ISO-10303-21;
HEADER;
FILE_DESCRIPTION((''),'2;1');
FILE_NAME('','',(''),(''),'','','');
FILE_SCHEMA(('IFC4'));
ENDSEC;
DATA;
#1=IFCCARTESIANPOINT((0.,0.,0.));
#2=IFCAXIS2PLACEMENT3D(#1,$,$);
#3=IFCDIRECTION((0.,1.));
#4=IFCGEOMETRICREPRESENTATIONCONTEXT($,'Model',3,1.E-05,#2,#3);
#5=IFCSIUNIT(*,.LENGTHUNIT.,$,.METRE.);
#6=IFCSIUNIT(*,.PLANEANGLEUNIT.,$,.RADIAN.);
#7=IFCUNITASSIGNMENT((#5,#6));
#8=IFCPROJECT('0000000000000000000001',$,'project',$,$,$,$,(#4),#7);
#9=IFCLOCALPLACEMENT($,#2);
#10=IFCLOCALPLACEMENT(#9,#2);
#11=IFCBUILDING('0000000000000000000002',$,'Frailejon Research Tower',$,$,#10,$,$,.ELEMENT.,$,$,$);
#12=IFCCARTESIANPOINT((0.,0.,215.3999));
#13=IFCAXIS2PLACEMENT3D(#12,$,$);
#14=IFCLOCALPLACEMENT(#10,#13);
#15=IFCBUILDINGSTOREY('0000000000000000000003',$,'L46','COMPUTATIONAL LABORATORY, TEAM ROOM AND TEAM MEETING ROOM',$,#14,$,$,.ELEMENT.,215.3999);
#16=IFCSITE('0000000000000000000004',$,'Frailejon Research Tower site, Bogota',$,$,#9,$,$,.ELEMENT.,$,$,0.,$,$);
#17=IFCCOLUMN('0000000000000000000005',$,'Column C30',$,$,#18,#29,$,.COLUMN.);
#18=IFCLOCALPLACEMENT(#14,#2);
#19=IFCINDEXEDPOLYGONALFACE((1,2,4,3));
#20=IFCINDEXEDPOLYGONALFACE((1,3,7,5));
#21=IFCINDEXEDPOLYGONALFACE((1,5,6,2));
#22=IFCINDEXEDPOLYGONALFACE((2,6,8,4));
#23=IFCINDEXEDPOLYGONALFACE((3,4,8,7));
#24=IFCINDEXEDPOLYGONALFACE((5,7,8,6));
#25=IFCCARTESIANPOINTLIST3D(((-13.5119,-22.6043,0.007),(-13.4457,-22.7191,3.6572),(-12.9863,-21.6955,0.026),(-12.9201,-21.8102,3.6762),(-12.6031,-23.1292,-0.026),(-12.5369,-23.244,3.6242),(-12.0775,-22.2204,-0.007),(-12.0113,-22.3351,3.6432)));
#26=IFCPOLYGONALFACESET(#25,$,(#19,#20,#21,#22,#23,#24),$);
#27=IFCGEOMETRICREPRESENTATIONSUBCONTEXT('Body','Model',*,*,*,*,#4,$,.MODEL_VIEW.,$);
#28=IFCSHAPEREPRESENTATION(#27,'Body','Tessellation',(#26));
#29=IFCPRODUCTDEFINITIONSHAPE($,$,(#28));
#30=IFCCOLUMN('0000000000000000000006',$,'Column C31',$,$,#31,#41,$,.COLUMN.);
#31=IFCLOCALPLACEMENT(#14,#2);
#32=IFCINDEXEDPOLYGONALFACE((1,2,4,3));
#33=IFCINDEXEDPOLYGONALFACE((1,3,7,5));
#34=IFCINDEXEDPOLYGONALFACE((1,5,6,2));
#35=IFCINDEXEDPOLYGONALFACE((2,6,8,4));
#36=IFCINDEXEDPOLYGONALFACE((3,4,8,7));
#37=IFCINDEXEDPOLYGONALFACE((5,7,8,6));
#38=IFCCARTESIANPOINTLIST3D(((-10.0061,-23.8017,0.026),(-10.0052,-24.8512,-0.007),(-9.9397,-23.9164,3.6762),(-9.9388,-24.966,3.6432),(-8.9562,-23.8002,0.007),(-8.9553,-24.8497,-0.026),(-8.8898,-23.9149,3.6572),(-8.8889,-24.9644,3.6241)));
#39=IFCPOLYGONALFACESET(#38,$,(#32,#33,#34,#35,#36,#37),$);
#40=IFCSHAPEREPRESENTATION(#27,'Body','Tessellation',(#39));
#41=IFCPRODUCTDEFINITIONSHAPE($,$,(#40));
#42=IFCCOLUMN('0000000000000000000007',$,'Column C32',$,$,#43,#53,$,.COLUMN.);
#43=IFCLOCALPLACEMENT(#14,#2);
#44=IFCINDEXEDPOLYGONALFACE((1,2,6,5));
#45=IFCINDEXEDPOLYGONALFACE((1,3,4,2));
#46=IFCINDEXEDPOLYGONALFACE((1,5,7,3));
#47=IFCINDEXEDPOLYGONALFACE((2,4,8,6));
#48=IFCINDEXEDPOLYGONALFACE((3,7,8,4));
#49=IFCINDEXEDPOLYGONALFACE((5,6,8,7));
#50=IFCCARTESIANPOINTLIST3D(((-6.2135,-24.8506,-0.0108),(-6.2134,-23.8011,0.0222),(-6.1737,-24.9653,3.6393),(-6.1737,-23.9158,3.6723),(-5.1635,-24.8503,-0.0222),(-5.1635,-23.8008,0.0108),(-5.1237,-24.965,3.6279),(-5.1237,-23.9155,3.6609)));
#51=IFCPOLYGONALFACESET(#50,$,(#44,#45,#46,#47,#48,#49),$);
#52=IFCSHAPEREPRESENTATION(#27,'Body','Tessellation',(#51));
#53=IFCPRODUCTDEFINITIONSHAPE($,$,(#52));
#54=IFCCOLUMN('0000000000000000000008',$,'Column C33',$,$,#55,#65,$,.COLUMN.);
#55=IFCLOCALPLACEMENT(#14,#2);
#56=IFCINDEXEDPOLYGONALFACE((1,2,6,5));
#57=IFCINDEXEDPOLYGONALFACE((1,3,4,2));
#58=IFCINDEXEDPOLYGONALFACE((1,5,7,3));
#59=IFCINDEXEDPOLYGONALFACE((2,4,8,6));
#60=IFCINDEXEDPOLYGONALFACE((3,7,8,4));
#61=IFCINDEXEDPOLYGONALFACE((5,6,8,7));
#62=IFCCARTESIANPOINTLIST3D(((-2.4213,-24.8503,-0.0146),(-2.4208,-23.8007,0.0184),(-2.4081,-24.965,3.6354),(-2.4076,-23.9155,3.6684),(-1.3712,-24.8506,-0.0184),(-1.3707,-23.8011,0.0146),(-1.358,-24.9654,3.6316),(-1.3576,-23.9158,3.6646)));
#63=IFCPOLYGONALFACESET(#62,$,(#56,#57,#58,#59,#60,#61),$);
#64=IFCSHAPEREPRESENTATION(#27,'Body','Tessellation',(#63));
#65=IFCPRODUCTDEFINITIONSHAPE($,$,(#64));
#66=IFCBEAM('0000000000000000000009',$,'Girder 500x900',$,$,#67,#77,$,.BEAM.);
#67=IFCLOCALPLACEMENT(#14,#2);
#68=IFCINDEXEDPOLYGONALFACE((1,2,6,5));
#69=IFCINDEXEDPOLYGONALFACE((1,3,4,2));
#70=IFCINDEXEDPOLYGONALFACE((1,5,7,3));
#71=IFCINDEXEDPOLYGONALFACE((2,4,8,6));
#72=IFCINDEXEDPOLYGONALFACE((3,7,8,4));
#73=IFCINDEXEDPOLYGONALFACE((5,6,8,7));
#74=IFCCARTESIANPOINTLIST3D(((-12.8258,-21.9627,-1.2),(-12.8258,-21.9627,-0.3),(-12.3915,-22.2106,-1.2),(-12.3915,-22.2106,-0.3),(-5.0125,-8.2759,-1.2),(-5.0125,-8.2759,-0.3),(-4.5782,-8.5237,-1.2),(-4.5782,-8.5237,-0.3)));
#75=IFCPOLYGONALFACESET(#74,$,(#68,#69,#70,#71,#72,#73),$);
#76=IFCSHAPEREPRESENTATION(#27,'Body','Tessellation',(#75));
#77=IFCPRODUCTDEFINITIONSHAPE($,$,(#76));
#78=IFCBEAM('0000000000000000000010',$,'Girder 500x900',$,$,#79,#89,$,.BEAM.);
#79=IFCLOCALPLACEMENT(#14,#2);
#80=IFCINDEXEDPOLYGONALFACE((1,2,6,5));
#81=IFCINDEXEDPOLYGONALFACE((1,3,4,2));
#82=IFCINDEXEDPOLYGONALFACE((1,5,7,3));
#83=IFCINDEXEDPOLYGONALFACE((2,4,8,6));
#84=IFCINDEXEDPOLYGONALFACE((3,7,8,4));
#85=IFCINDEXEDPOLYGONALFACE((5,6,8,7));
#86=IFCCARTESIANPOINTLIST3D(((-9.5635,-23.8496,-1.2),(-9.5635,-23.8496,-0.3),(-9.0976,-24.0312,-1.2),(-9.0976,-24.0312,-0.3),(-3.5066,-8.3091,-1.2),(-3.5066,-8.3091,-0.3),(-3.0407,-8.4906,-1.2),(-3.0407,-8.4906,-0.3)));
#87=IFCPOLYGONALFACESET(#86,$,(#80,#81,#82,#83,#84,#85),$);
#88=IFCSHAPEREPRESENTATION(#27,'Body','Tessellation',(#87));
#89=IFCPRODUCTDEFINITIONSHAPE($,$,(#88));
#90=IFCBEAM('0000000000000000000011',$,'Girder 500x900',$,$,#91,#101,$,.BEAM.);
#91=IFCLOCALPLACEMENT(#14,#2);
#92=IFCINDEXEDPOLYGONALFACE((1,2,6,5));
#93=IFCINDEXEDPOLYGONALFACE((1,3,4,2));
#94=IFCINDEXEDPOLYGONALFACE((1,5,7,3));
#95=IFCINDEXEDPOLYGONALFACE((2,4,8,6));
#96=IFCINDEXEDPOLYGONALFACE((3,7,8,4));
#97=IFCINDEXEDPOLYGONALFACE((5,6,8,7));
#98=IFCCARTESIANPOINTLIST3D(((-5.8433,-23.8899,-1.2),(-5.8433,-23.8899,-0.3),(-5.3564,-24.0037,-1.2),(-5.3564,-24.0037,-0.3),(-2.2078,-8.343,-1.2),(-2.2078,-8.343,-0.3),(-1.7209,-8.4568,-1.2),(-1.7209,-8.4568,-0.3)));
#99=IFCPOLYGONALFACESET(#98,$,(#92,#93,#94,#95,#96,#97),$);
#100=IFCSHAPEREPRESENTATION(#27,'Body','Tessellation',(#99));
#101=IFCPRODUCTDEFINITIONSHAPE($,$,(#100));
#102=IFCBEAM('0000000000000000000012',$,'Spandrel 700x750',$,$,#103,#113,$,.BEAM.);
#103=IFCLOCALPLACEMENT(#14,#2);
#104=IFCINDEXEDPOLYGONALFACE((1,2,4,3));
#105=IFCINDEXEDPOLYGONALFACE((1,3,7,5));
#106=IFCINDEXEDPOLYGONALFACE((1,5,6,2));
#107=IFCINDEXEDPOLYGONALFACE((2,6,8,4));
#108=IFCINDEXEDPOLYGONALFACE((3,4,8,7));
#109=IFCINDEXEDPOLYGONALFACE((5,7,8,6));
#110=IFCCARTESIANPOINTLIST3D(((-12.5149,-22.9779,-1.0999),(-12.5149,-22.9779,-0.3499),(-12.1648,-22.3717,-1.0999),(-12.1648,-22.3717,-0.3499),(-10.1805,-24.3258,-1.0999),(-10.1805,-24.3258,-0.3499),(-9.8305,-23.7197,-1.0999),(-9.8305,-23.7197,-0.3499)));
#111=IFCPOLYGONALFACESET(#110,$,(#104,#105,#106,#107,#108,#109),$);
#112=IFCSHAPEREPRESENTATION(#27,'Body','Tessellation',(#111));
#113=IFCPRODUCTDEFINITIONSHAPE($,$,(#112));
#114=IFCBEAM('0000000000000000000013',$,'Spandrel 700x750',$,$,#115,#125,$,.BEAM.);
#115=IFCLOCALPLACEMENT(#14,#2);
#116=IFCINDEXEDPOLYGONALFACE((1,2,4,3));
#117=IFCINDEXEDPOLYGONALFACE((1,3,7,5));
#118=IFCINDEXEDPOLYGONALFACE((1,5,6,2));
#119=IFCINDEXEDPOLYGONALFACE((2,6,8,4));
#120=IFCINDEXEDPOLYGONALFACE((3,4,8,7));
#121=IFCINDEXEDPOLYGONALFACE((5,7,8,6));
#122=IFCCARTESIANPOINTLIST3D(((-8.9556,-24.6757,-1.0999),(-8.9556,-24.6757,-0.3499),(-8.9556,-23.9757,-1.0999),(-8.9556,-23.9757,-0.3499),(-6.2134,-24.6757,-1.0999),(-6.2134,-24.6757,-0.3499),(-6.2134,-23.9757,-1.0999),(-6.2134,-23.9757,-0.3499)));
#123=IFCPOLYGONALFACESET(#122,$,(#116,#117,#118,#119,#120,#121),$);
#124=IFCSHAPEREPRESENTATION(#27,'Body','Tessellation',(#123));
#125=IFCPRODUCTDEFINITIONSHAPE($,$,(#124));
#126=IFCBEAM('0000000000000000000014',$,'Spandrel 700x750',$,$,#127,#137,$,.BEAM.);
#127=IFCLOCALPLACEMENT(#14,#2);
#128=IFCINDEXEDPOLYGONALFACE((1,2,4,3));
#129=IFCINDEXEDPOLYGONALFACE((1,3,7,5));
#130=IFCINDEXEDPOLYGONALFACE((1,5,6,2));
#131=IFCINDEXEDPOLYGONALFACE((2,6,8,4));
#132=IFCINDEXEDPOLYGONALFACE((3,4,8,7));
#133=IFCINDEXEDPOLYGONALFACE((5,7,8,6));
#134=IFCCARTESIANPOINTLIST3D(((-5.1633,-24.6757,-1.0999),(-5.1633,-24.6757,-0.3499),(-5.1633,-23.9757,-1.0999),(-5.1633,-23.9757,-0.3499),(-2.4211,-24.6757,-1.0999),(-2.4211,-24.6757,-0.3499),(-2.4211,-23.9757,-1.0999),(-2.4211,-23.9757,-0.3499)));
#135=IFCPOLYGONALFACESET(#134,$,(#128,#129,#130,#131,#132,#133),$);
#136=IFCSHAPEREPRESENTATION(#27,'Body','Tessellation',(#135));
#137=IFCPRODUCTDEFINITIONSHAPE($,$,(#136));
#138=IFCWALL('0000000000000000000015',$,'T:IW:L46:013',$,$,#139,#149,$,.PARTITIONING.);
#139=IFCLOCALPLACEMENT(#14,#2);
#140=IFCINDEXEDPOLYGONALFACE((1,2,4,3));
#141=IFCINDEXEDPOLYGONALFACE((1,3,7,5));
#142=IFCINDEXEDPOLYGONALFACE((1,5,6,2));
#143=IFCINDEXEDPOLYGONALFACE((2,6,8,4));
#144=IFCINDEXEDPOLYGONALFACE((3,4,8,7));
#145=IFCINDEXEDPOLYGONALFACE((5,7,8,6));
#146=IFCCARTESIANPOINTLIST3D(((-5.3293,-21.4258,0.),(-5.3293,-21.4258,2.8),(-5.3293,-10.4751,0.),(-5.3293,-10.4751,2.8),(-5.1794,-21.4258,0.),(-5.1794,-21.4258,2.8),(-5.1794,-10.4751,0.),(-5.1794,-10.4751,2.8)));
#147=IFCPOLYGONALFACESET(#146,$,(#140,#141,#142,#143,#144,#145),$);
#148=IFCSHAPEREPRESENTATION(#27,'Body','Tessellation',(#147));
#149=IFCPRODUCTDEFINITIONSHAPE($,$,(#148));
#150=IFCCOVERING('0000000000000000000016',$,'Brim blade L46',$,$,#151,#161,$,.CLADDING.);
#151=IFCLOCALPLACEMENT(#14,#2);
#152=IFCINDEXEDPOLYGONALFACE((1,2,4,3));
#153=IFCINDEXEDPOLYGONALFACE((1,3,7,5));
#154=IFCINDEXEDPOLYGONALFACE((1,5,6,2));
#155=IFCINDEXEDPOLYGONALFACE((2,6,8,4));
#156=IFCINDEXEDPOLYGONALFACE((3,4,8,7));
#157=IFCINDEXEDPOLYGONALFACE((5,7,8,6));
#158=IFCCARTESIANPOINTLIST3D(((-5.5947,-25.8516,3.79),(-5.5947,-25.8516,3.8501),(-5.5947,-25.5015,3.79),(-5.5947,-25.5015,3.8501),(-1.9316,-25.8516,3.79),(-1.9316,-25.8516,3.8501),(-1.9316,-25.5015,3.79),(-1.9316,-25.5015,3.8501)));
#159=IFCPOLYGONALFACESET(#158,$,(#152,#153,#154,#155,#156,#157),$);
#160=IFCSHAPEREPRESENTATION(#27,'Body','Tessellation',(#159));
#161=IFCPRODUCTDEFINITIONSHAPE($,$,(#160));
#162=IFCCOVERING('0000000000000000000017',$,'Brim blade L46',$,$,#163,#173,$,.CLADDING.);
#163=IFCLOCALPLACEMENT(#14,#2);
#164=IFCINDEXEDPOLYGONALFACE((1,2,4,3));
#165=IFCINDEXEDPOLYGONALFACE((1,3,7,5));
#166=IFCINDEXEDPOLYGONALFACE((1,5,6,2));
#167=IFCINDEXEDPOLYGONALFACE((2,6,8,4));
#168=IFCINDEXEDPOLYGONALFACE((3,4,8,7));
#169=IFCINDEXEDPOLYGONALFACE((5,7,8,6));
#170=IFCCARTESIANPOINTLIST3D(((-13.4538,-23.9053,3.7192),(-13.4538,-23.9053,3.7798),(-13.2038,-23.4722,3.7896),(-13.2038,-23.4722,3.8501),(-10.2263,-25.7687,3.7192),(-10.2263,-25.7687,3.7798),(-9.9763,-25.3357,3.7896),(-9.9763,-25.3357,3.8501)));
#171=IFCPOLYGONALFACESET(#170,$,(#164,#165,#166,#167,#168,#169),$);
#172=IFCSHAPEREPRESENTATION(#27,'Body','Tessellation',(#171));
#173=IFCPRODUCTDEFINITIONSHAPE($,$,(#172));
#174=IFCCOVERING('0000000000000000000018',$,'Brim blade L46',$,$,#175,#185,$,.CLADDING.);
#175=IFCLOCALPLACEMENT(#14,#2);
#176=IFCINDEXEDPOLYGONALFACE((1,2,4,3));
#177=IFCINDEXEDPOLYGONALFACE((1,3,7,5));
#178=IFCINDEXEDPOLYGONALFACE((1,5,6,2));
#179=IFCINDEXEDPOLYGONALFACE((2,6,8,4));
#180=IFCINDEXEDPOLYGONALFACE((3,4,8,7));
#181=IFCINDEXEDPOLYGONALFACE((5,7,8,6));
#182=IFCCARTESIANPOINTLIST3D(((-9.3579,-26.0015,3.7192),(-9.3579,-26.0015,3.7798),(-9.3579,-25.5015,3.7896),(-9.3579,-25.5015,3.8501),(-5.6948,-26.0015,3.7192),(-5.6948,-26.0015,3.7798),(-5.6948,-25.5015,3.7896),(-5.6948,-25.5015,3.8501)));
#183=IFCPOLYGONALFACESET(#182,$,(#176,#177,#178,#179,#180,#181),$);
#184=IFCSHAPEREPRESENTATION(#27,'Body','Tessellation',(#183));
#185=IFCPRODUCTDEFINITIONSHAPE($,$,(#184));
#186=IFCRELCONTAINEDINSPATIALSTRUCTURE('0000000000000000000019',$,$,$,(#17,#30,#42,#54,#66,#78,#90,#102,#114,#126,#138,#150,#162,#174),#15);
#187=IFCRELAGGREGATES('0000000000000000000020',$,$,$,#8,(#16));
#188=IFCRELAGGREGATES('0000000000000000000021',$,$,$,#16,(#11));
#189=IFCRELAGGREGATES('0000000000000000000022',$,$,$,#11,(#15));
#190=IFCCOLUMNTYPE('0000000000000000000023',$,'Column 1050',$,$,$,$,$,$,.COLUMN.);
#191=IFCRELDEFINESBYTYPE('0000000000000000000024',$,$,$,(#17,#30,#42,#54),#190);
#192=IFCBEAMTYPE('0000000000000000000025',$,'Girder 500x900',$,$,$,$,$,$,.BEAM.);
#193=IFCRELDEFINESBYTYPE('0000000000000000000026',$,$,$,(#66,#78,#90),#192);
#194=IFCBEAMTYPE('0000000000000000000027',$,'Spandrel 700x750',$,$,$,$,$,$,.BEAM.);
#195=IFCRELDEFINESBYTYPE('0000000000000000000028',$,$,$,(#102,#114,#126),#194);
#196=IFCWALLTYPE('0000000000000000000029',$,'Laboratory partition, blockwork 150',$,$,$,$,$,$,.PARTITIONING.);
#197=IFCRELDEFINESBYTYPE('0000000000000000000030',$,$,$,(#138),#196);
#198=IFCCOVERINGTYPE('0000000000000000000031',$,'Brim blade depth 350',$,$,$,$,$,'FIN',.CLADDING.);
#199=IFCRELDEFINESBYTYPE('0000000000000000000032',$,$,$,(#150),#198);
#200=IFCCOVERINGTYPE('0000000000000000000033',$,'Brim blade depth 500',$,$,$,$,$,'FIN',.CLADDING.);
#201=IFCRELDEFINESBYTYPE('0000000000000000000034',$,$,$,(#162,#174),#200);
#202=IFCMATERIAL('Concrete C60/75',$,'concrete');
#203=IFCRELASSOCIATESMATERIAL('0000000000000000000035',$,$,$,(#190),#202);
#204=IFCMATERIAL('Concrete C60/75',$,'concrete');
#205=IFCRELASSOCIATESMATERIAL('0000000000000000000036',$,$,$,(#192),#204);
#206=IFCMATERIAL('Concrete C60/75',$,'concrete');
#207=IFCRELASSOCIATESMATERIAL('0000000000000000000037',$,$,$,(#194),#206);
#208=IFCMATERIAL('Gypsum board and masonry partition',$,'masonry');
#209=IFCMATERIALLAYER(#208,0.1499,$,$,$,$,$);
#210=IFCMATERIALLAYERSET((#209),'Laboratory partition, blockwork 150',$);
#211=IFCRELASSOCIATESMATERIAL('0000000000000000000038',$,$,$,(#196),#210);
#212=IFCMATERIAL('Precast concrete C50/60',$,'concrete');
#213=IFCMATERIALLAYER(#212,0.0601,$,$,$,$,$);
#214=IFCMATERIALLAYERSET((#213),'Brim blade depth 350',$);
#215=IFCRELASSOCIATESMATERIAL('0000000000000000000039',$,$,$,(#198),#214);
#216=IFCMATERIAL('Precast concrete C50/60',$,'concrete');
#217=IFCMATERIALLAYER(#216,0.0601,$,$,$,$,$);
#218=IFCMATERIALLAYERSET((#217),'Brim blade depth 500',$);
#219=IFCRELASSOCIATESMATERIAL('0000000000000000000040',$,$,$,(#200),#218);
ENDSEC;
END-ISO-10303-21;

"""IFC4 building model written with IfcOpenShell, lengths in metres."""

from ifc_helpers import new_model, si_unit, direction, frame, frame_2d, origin, origin_2d, place, context, subcontext, project, spatial, polyline, rectangle, outline, extrude, material, layer, layer_set, material_profile, profile_set, type_object, element, save


model = new_model("IFC4")

# Units and contexts
model_context = context("Model", 3, precision=1e-05, world=origin(), true_north=direction((0.0, 1.0)))
body_context = subcontext(model_context, "Body", "Model", "MODEL_VIEW")
ifc_project = project(units=[si_unit("LENGTHUNIT", "METRE"), si_unit("PLANEANGLEUNIT", "RADIAN")], contexts=[model_context])

# Site, building, storey
site_placement = place(None, origin())
site = spatial("IfcSite", under=ifc_project, at=site_placement, Name="Frailejon Research Tower site, Bogota", CompositionType="ELEMENT", RefElevation=0.0)
building_placement = place(site_placement, origin())
building = spatial("IfcBuilding", under=site, at=building_placement, Name="Frailejon Research Tower", CompositionType="ELEMENT")
storey_placement = place(building_placement, frame((0.0, 0.0, 215.3999)))
storey = spatial("IfcBuildingStorey", under=building, at=storey_placement, Name="L46", Description="COMPUTATIONAL LABORATORY, TEAM ROOM AND TEAM MEETING ROOM", CompositionType="ELEMENT", Elevation=215.3999)

# Columns
ifc_material_1 = material(Name="Concrete C60/75", Category="concrete")
ifc_material_profile_1 = material_profile(ifc_material_1, rectangle(XDim=1.05, YDim=1.05, at=origin_2d()), Name="Column 1050")
ifc_profile_set_1 = profile_set([ifc_material_profile_1], Name="Concrete C60/75")
column_type = type_object("IfcColumnType", Name="Column 1050", PredefinedType="COLUMN", material=ifc_profile_set_1)
for number, where, z_axis, x_axis, name in (
    (1, (-12.7947, -22.4124, 0.0), (0.018114, -0.031415, 0.999342), (0.86552, -0.499889, -0.031403), "Column C30"),
    (2, (-9.4807, -24.3257, 0.0), (0.018181, -0.031415, 0.999341), (0.999834, 0.001438, -0.018145), "Column C31"),
):
    element("IfcColumn", number, at=place(storey_placement, frame(where, z_axis=z_axis, x_axis=x_axis)), inside=storey, type_object=column_type, Name=name, PredefinedType="COLUMN", context=body_context, shape_type="SweptSolid", body=[
        extrude(rectangle(XDim=1.05, YDim=1.05, at=origin_2d()), origin(), (0.0, 0.0, 1.0), 3.6526),
    ])
column_1_placement = place(storey_placement, frame((-5.6885, -24.3257, 0.0), z_axis=(0.010896, -0.031419, 0.999447), x_axis=(0.999941, 0.000298, -0.010892)))
element("IfcColumn", 3, at=column_1_placement, inside=storey, type_object=column_type, Name="Column C32", PredefinedType="COLUMN", context=body_context, shape_type="SweptSolid", body=[
    extrude(rectangle(XDim=1.05, YDim=1.05, at=origin_2d()), origin(), (0.0, 0.0, 1.0), 3.6521),
])
column_2_placement = place(storey_placement, frame((-1.896, -24.3257, 0.0), z_axis=(0.00361, -0.03142, 0.9995), x_axis=(0.999993, -0.000341, -0.003623)))
element("IfcColumn", 4, at=column_2_placement, inside=storey, type_object=column_type, Name="Column C33", PredefinedType="COLUMN", context=body_context, shape_type="SweptSolid", body=[
    extrude(rectangle(XDim=1.05, YDim=1.05, at=origin_2d()), origin(), (0.0, 0.0, 1.0), 3.6519),
])

# Beams
ifc_material_2 = material(Name="Concrete C60/75", Category="concrete")
ifc_material_profile_2 = material_profile(ifc_material_2, rectangle(XDim=0.5, YDim=0.8999, at=origin_2d()), Name="Girder 500x900")
ifc_profile_set_2 = profile_set([ifc_material_profile_2], Name="Concrete C60/75")
beam_type_1 = type_object("IfcBeamType", Name="Girder 500x900", PredefinedType="BEAM", material=ifc_profile_set_2)
beam_1_placement = place(storey_placement, frame((-12.6086, -22.0867, -0.75), z_axis=(0.495767, 0.868456, 0.0), x_axis=(-0.868456, 0.495767, 0.0)))
element("IfcBeam", 5, at=beam_1_placement, inside=storey, type_object=beam_type_1, Name="Girder 500x900", PredefinedType="BEAM", context=body_context, shape_type="SweptSolid", body=[
    extrude(rectangle(XDim=0.5, YDim=0.8999, at=origin_2d()), origin(), (0.0, 0.0, 1.0), 15.76),
])
beam_2_placement = place(storey_placement, frame((-9.3306, -23.9404, -0.75), z_axis=(0.363141, 0.931734, 0.0), x_axis=(-0.931734, 0.363141, 0.0)))
element("IfcBeam", 6, at=beam_2_placement, inside=storey, type_object=beam_type_1, Name="Girder 500x900", PredefinedType="BEAM", context=body_context, shape_type="SweptSolid", body=[
    extrude(rectangle(XDim=0.5, YDim=0.8999, at=origin_2d()), origin(), (0.0, 0.0, 1.0), 16.6792),
])
beam_3_placement = place(storey_placement, frame((-5.5999, -23.9468, -0.75), z_axis=(0.227698, 0.973732, 0.0), x_axis=(-0.973732, 0.227698, 0.0)))
element("IfcBeam", 7, at=beam_3_placement, inside=storey, type_object=beam_type_1, Name="Girder 500x900", PredefinedType="BEAM", context=body_context, shape_type="SweptSolid", body=[
    extrude(rectangle(XDim=0.5, YDim=0.8999, at=origin_2d()), origin(), (0.0, 0.0, 1.0), 15.9663),
])
ifc_material_3 = material(Name="Concrete C60/75", Category="concrete")
ifc_material_profile_3 = material_profile(ifc_material_3, rectangle(XDim=0.7, YDim=0.75, at=origin_2d()), Name="Spandrel 700x750")
ifc_profile_set_3 = profile_set([ifc_material_profile_3], Name="Concrete C60/75")
beam_type_2 = type_object("IfcBeamType", Name="Spandrel 700x750", PredefinedType="BEAM", material=ifc_profile_set_3)
beam_4_placement = place(storey_placement, frame((-12.3398, -22.6748, -0.7249), z_axis=(0.865988, -0.500065, 0.0), x_axis=(0.500065, 0.865988, 0.0)))
element("IfcBeam", 8, at=beam_4_placement, inside=storey, type_object=beam_type_2, Name="Spandrel 700x750", PredefinedType="BEAM", context=body_context, shape_type="SweptSolid", body=[
    extrude(rectangle(XDim=0.7, YDim=0.75, at=origin_2d()), origin(), (0.0, 0.0, 1.0), 2.6956),
])
for number, where, z_axis, x_axis, name in (
    (9, (-8.9556, -24.3257, -0.7249), (1.0, 0.0, 0.0), (0.0, 1.0, 0.0), "Spandrel 700x750"),
    (10, (-5.1633, -24.3257, -0.7249), (1.0, 0.0, 0.0), (0.0, 1.0, 0.0), "Spandrel 700x750"),
):
    element("IfcBeam", number, at=place(storey_placement, frame(where, z_axis=z_axis, x_axis=x_axis)), inside=storey, type_object=beam_type_2, Name=name, PredefinedType="BEAM", context=body_context, shape_type="SweptSolid", body=[
        extrude(rectangle(XDim=0.7, YDim=0.75, at=origin_2d()), origin(), (0.0, 0.0, 1.0), 2.7422),
    ])

# Wall
ifc_material_4 = material(Name="Gypsum board and masonry partition", Category="masonry")
ifc_layer_1 = layer(ifc_material_4, 0.1499)
ifc_layer_set_1 = layer_set([ifc_layer_1], Name="Laboratory partition, blockwork 150")
wall_type_1 = type_object("IfcWallType", Name="Laboratory partition, blockwork 150", PredefinedType="PARTITIONING", material=ifc_layer_set_1)
wall_1_placement = place(storey_placement, frame((-5.2544, -21.4258, 0.0), z_axis=(0.0, 0.0, 1.0), x_axis=(0.0, 1.0, 0.0)))
element("IfcWall", 11, at=wall_1_placement, inside=storey, type_object=wall_type_1, Name="T:IW:L46:013", PredefinedType="PARTITIONING", context=body_context, shape_type="SweptSolid", body=[
    extrude(rectangle(XDim=10.9507, YDim=0.1499, at=frame_2d((5.4753, 0.0))), origin(), (0.0, 0.0, 1.0), 2.8),
])

# Coverings
ifc_material_5 = material(Name="Precast concrete C50/60", Category="concrete")
ifc_layer_2 = layer(ifc_material_5, 0.0601)
ifc_layer_set_2 = layer_set([ifc_layer_2], Name="Brim blade depth 350")
covering_type_1 = type_object("IfcCoveringType", Name="Brim blade depth 350", ElementType="FIN", PredefinedType="CLADDING", material=ifc_layer_set_2)
covering_1_placement = place(storey_placement, frame((-1.9316, -25.5015, 3.8501), z_axis=(-1.0, 0.0, 0.0), x_axis=(0.0, -1.0, 0.0)))
element("IfcCovering", 12, at=covering_1_placement, inside=storey, type_object=covering_type_1, Name="Brim blade L46", PredefinedType="CLADDING", context=body_context, shape_type="SweptSolid", body=[
    extrude(outline(polyline([(0.0, -0.0601), (0.3501, -0.0601), (0.3501, 0.0), (0.0, 0.0), (0.0, -0.0601)])), origin(), (0.0, 0.0, 1.0), 3.6631),
])
ifc_material_6 = material(Name="Precast concrete C50/60", Category="concrete")
ifc_layer_3 = layer(ifc_material_6, 0.0601)
ifc_layer_set_3 = layer_set([ifc_layer_3], Name="Brim blade depth 500")
covering_type_2 = type_object("IfcCoveringType", Name="Brim blade depth 500", ElementType="FIN", PredefinedType="CLADDING", material=ifc_layer_set_3)
covering_2_placement = place(storey_placement, frame((-9.9763, -25.3357, 3.8501), z_axis=(-0.866018, 0.500012, 0.0), x_axis=(-0.500012, -0.866018, 0.0)))
element("IfcCovering", 13, at=covering_2_placement, inside=storey, type_object=covering_type_2, Name="Brim blade L46", PredefinedType="CLADDING", context=body_context, shape_type="SweptSolid", body=[
    extrude(outline(polyline([(0.0, -0.0605), (0.5, -0.1309), (0.5, -0.0703), (0.0, 0.0), (0.0, -0.0605)])), origin(), (0.0, 0.0, 1.0), 3.7268),
])
covering_3_placement = place(storey_placement, frame((-5.6948, -25.5015, 3.8501), z_axis=(-1.0, 0.0, 0.0), x_axis=(0.0, -1.0, 0.0)))
element("IfcCovering", 14, at=covering_3_placement, inside=storey, type_object=covering_type_2, Name="Brim blade L46", PredefinedType="CLADDING", context=body_context, shape_type="SweptSolid", body=[
    extrude(outline(polyline([(0.0, -0.0605), (0.5, -0.1309), (0.5, -0.0703), (0.0, 0.0), (0.0, -0.0605)])), origin(), (0.0, 0.0, 1.0), 3.6631),
])

save(model, "model.ifc")
